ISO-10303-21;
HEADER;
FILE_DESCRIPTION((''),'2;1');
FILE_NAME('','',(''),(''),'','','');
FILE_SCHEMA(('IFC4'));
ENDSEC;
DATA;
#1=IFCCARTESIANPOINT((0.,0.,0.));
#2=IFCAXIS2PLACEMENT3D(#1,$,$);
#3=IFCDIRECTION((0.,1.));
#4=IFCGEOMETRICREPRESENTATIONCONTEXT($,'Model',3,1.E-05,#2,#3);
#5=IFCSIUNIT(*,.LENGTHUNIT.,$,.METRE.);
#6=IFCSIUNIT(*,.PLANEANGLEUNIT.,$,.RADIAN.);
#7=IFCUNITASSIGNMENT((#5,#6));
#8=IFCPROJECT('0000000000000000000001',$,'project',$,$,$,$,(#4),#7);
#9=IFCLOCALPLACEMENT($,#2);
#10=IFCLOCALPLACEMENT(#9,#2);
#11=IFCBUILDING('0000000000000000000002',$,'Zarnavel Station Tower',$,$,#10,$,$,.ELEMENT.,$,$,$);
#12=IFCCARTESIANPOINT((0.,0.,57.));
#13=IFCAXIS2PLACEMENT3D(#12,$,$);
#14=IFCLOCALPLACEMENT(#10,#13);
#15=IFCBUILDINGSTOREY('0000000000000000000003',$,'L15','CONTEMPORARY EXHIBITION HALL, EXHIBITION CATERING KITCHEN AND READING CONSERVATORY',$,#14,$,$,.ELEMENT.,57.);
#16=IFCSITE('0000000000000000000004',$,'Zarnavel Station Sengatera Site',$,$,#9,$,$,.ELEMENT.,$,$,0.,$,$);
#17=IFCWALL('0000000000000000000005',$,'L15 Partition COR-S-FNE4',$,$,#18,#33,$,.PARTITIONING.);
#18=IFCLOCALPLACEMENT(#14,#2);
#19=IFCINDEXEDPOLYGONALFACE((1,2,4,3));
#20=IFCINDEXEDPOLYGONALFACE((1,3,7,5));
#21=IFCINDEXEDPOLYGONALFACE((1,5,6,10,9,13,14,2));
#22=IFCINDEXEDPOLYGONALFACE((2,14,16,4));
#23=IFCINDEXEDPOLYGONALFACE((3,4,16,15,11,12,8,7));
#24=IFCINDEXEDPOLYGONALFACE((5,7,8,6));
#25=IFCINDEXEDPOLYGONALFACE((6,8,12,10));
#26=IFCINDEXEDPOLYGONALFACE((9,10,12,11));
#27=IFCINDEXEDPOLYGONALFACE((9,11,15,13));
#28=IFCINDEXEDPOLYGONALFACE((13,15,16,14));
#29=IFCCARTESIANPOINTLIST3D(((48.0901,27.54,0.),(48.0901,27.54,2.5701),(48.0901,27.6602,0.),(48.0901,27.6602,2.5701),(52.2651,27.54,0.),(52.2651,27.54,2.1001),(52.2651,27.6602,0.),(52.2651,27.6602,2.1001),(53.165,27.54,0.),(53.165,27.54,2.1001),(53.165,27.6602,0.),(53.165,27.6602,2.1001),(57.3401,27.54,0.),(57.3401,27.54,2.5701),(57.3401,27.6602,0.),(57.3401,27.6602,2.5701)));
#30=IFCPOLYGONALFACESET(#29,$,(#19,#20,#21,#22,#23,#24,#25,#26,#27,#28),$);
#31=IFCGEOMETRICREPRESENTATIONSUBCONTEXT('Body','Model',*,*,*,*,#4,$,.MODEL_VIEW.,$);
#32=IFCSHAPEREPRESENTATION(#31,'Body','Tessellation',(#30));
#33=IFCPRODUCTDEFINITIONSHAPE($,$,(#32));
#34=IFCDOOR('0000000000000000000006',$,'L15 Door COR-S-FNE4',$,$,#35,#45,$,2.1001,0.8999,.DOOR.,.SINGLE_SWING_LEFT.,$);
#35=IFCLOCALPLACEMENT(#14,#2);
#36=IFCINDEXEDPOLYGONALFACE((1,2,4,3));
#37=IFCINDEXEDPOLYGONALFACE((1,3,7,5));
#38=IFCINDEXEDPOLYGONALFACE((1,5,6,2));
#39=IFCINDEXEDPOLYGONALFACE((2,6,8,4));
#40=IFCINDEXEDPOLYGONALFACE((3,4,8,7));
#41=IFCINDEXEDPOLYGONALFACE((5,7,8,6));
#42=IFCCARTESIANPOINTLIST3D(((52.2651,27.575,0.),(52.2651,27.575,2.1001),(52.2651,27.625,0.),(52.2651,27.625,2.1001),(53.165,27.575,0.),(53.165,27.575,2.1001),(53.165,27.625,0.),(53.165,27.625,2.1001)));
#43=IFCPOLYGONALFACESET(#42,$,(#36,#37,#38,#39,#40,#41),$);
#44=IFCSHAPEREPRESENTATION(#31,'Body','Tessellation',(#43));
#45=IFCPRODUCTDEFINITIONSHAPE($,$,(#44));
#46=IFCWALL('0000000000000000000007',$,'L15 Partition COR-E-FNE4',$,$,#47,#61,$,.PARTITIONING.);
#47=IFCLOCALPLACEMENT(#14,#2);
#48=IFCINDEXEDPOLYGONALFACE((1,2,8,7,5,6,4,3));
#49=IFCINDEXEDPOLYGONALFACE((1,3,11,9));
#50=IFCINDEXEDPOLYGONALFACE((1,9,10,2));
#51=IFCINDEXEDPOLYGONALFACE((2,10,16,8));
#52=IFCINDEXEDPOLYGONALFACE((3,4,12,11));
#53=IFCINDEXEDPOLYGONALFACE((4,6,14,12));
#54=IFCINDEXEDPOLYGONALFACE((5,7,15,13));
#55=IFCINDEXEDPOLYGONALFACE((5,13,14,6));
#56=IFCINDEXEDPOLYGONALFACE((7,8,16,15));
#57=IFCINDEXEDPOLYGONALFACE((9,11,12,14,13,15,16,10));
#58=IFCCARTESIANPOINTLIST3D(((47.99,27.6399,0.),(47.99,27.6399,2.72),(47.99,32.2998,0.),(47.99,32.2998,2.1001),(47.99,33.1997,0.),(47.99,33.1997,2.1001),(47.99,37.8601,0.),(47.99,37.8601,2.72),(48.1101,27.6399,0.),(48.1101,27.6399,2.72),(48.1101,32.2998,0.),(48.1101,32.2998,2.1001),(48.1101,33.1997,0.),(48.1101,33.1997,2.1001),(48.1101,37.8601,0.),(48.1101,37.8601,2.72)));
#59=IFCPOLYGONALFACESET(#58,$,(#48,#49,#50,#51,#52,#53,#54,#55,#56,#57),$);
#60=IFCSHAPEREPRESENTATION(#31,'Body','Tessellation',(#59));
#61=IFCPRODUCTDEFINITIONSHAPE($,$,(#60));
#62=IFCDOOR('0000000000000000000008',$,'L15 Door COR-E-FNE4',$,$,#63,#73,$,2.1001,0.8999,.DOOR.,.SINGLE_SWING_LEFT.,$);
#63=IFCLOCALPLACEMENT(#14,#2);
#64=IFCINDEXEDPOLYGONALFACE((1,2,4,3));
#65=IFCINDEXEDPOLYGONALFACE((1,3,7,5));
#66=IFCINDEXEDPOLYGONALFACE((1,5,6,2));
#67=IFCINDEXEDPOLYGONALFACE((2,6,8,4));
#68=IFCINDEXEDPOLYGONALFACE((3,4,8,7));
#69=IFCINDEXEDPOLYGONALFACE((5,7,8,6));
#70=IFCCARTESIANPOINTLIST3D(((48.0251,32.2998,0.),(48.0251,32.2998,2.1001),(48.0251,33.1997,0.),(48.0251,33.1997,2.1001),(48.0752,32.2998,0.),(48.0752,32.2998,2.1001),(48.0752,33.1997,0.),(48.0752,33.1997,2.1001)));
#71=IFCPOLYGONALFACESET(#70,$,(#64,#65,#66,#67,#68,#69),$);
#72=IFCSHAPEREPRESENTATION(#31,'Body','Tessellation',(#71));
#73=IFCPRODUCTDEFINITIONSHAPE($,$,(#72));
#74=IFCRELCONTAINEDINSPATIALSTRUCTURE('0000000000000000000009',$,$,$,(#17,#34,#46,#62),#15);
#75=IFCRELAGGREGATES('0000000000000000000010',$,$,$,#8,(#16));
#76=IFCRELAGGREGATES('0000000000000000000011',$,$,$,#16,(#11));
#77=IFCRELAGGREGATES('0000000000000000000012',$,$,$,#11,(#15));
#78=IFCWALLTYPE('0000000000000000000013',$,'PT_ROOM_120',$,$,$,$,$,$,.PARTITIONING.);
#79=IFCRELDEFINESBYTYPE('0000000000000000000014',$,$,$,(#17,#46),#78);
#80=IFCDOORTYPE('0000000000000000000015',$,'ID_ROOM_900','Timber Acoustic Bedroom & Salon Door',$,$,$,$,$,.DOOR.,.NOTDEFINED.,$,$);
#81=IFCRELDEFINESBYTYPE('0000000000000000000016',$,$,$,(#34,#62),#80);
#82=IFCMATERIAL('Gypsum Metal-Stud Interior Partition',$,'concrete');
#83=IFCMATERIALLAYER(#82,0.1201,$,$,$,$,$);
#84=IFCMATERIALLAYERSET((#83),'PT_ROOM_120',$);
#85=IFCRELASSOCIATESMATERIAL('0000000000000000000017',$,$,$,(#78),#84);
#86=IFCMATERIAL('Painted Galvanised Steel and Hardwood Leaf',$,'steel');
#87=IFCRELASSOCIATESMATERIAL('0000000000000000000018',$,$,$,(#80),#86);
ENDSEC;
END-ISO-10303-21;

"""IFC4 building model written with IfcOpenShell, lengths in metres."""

from ifc_helpers import new_model, si_unit, direction, frame, frame_2d, origin, place, context, subcontext, project, spatial, rectangle, extrude, material, layer, layer_set, type_object, element, fill, save


model = new_model("IFC4")

# Units and contexts
model_context = context("Model", 3, precision=1e-05, world=origin(), true_north=direction((0.0, 1.0)))
body_context = subcontext(model_context, "Body", "Model", "MODEL_VIEW")
ifc_project = project(units=[si_unit("LENGTHUNIT", "METRE"), si_unit("PLANEANGLEUNIT", "RADIAN")], contexts=[model_context])

# Site, building, storey
site_placement = place(None, origin())
site = spatial("IfcSite", under=ifc_project, at=site_placement, Name="Zarnavel Station Sengatera Site", CompositionType="ELEMENT", RefElevation=0.0)
building_placement = place(site_placement, origin())
building = spatial("IfcBuilding", under=site, at=building_placement, Name="Zarnavel Station Tower", CompositionType="ELEMENT")
storey_placement = place(building_placement, frame((0.0, 0.0, 57.0)))
storey = spatial("IfcBuildingStorey", under=building, at=storey_placement, Name="L15", Description="CONTEMPORARY EXHIBITION HALL, EXHIBITION CATERING KITCHEN AND READING CONSERVATORY", CompositionType="ELEMENT", Elevation=57.0)

# Walls, openings, doors
ifc_material_1 = material(Name="Gypsum Metal-Stud Interior Partition", Category="concrete")
ifc_layer_1 = layer(ifc_material_1, 0.1201)
ifc_layer_set_1 = layer_set([ifc_layer_1], Name="PT_ROOM_120")
wall_type_1 = type_object("IfcWallType", Name="PT_ROOM_120", PredefinedType="PARTITIONING", material=ifc_layer_set_1)
wall_1_placement = place(storey_placement, frame((48.0901, 27.6001, 0.0), z_axis=(0.0, 0.0, 1.0), x_axis=(1.0, 0.0, 0.0)))
wall_1 = element("IfcWall", 1, at=wall_1_placement, inside=storey, type_object=wall_type_1, Name="L15 Partition COR-S-FNE4", PredefinedType="PARTITIONING", context=body_context, shape_type="SweptSolid", body=[
    extrude(rectangle(XDim=9.25, YDim=0.1201, at=frame_2d((4.625, 0.0))), origin(), (0.0, 0.0, 1.0), 2.5701),
])
opening_1_placement = place(wall_1_placement, frame((4.175, 0.0, 0.0)))
opening_1 = element("IfcOpeningElement", 2, at=opening_1_placement, cuts=wall_1, PredefinedType="OPENING", context=body_context, shape_type="SweptSolid", body=[
    extrude(rectangle(XDim=0.8999, YDim=2.1001, at=frame_2d((0.45, 1.05))), frame((0.0, 0.0701, 0.0), z_axis=(0.0, -1.0, 0.0), x_axis=(1.0, 0.0, 0.0)), (0.0, 0.0, 1.0), 0.1401),
])
ifc_material_2 = material(Name="Painted Galvanised Steel and Hardwood Leaf", Category="steel")
door_type = type_object("IfcDoorType", Name="ID_ROOM_900", Description="Timber Acoustic Bedroom & Salon Door", OperationType="NOTDEFINED", PredefinedType="DOOR", material=ifc_material_2)
door_1_placement = place(opening_1_placement, origin())
door_1 = element("IfcDoor", 3, at=door_1_placement, inside=storey, type_object=door_type, Name="L15 Door COR-S-FNE4", OperationType="SINGLE_SWING_LEFT", OverallHeight=2.1001, OverallWidth=0.8999, PredefinedType="DOOR", context=body_context, shape_type="SweptSolid", body=[
    extrude(rectangle(XDim=0.8999, YDim=2.1001, at=frame_2d((0.45, 1.05))), frame((0.0, 0.0249, 0.0), z_axis=(0.0, -1.0, 0.0), x_axis=(1.0, 0.0, 0.0)), (0.0, 0.0, 1.0), 0.05),
])
fill(opening_1, door_1)
wall_2_placement = place(storey_placement, frame((48.05, 27.6399, 0.0), z_axis=(0.0, 0.0, 1.0), x_axis=(0.0, 1.0, 0.0)))
wall_2 = element("IfcWall", 4, at=wall_2_placement, inside=storey, type_object=wall_type_1, Name="L15 Partition COR-E-FNE4", PredefinedType="PARTITIONING", context=body_context, shape_type="SweptSolid", body=[
    extrude(rectangle(XDim=10.2202, YDim=0.1201, at=frame_2d((5.1101, 0.0))), origin(), (0.0, 0.0, 1.0), 2.72),
])
opening_2_placement = place(wall_2_placement, frame((4.6599, 0.0, 0.0)))
opening_2 = element("IfcOpeningElement", 5, at=opening_2_placement, cuts=wall_2, PredefinedType="OPENING", context=body_context, shape_type="SweptSolid", body=[
    extrude(rectangle(XDim=0.8999, YDim=2.1001, at=frame_2d((0.45, 1.05))), frame((0.0, 0.0701, 0.0), z_axis=(0.0, -1.0, 0.0), x_axis=(1.0, 0.0, 0.0)), (0.0, 0.0, 1.0), 0.1401),
])
door_2_placement = place(opening_2_placement, origin())
door_2 = element("IfcDoor", 6, at=door_2_placement, inside=storey, type_object=door_type, Name="L15 Door COR-E-FNE4", OperationType="SINGLE_SWING_LEFT", OverallHeight=2.1001, OverallWidth=0.8999, PredefinedType="DOOR", context=body_context, shape_type="SweptSolid", body=[
    extrude(rectangle(XDim=0.8999, YDim=2.1001, at=frame_2d((0.45, 1.05))), frame((0.0, 0.0249, 0.0), z_axis=(0.0, -1.0, 0.0), x_axis=(1.0, 0.0, 0.0)), (0.0, 0.0, 1.0), 0.05),
])
fill(opening_2, door_2)

save(model, "model.ifc")
